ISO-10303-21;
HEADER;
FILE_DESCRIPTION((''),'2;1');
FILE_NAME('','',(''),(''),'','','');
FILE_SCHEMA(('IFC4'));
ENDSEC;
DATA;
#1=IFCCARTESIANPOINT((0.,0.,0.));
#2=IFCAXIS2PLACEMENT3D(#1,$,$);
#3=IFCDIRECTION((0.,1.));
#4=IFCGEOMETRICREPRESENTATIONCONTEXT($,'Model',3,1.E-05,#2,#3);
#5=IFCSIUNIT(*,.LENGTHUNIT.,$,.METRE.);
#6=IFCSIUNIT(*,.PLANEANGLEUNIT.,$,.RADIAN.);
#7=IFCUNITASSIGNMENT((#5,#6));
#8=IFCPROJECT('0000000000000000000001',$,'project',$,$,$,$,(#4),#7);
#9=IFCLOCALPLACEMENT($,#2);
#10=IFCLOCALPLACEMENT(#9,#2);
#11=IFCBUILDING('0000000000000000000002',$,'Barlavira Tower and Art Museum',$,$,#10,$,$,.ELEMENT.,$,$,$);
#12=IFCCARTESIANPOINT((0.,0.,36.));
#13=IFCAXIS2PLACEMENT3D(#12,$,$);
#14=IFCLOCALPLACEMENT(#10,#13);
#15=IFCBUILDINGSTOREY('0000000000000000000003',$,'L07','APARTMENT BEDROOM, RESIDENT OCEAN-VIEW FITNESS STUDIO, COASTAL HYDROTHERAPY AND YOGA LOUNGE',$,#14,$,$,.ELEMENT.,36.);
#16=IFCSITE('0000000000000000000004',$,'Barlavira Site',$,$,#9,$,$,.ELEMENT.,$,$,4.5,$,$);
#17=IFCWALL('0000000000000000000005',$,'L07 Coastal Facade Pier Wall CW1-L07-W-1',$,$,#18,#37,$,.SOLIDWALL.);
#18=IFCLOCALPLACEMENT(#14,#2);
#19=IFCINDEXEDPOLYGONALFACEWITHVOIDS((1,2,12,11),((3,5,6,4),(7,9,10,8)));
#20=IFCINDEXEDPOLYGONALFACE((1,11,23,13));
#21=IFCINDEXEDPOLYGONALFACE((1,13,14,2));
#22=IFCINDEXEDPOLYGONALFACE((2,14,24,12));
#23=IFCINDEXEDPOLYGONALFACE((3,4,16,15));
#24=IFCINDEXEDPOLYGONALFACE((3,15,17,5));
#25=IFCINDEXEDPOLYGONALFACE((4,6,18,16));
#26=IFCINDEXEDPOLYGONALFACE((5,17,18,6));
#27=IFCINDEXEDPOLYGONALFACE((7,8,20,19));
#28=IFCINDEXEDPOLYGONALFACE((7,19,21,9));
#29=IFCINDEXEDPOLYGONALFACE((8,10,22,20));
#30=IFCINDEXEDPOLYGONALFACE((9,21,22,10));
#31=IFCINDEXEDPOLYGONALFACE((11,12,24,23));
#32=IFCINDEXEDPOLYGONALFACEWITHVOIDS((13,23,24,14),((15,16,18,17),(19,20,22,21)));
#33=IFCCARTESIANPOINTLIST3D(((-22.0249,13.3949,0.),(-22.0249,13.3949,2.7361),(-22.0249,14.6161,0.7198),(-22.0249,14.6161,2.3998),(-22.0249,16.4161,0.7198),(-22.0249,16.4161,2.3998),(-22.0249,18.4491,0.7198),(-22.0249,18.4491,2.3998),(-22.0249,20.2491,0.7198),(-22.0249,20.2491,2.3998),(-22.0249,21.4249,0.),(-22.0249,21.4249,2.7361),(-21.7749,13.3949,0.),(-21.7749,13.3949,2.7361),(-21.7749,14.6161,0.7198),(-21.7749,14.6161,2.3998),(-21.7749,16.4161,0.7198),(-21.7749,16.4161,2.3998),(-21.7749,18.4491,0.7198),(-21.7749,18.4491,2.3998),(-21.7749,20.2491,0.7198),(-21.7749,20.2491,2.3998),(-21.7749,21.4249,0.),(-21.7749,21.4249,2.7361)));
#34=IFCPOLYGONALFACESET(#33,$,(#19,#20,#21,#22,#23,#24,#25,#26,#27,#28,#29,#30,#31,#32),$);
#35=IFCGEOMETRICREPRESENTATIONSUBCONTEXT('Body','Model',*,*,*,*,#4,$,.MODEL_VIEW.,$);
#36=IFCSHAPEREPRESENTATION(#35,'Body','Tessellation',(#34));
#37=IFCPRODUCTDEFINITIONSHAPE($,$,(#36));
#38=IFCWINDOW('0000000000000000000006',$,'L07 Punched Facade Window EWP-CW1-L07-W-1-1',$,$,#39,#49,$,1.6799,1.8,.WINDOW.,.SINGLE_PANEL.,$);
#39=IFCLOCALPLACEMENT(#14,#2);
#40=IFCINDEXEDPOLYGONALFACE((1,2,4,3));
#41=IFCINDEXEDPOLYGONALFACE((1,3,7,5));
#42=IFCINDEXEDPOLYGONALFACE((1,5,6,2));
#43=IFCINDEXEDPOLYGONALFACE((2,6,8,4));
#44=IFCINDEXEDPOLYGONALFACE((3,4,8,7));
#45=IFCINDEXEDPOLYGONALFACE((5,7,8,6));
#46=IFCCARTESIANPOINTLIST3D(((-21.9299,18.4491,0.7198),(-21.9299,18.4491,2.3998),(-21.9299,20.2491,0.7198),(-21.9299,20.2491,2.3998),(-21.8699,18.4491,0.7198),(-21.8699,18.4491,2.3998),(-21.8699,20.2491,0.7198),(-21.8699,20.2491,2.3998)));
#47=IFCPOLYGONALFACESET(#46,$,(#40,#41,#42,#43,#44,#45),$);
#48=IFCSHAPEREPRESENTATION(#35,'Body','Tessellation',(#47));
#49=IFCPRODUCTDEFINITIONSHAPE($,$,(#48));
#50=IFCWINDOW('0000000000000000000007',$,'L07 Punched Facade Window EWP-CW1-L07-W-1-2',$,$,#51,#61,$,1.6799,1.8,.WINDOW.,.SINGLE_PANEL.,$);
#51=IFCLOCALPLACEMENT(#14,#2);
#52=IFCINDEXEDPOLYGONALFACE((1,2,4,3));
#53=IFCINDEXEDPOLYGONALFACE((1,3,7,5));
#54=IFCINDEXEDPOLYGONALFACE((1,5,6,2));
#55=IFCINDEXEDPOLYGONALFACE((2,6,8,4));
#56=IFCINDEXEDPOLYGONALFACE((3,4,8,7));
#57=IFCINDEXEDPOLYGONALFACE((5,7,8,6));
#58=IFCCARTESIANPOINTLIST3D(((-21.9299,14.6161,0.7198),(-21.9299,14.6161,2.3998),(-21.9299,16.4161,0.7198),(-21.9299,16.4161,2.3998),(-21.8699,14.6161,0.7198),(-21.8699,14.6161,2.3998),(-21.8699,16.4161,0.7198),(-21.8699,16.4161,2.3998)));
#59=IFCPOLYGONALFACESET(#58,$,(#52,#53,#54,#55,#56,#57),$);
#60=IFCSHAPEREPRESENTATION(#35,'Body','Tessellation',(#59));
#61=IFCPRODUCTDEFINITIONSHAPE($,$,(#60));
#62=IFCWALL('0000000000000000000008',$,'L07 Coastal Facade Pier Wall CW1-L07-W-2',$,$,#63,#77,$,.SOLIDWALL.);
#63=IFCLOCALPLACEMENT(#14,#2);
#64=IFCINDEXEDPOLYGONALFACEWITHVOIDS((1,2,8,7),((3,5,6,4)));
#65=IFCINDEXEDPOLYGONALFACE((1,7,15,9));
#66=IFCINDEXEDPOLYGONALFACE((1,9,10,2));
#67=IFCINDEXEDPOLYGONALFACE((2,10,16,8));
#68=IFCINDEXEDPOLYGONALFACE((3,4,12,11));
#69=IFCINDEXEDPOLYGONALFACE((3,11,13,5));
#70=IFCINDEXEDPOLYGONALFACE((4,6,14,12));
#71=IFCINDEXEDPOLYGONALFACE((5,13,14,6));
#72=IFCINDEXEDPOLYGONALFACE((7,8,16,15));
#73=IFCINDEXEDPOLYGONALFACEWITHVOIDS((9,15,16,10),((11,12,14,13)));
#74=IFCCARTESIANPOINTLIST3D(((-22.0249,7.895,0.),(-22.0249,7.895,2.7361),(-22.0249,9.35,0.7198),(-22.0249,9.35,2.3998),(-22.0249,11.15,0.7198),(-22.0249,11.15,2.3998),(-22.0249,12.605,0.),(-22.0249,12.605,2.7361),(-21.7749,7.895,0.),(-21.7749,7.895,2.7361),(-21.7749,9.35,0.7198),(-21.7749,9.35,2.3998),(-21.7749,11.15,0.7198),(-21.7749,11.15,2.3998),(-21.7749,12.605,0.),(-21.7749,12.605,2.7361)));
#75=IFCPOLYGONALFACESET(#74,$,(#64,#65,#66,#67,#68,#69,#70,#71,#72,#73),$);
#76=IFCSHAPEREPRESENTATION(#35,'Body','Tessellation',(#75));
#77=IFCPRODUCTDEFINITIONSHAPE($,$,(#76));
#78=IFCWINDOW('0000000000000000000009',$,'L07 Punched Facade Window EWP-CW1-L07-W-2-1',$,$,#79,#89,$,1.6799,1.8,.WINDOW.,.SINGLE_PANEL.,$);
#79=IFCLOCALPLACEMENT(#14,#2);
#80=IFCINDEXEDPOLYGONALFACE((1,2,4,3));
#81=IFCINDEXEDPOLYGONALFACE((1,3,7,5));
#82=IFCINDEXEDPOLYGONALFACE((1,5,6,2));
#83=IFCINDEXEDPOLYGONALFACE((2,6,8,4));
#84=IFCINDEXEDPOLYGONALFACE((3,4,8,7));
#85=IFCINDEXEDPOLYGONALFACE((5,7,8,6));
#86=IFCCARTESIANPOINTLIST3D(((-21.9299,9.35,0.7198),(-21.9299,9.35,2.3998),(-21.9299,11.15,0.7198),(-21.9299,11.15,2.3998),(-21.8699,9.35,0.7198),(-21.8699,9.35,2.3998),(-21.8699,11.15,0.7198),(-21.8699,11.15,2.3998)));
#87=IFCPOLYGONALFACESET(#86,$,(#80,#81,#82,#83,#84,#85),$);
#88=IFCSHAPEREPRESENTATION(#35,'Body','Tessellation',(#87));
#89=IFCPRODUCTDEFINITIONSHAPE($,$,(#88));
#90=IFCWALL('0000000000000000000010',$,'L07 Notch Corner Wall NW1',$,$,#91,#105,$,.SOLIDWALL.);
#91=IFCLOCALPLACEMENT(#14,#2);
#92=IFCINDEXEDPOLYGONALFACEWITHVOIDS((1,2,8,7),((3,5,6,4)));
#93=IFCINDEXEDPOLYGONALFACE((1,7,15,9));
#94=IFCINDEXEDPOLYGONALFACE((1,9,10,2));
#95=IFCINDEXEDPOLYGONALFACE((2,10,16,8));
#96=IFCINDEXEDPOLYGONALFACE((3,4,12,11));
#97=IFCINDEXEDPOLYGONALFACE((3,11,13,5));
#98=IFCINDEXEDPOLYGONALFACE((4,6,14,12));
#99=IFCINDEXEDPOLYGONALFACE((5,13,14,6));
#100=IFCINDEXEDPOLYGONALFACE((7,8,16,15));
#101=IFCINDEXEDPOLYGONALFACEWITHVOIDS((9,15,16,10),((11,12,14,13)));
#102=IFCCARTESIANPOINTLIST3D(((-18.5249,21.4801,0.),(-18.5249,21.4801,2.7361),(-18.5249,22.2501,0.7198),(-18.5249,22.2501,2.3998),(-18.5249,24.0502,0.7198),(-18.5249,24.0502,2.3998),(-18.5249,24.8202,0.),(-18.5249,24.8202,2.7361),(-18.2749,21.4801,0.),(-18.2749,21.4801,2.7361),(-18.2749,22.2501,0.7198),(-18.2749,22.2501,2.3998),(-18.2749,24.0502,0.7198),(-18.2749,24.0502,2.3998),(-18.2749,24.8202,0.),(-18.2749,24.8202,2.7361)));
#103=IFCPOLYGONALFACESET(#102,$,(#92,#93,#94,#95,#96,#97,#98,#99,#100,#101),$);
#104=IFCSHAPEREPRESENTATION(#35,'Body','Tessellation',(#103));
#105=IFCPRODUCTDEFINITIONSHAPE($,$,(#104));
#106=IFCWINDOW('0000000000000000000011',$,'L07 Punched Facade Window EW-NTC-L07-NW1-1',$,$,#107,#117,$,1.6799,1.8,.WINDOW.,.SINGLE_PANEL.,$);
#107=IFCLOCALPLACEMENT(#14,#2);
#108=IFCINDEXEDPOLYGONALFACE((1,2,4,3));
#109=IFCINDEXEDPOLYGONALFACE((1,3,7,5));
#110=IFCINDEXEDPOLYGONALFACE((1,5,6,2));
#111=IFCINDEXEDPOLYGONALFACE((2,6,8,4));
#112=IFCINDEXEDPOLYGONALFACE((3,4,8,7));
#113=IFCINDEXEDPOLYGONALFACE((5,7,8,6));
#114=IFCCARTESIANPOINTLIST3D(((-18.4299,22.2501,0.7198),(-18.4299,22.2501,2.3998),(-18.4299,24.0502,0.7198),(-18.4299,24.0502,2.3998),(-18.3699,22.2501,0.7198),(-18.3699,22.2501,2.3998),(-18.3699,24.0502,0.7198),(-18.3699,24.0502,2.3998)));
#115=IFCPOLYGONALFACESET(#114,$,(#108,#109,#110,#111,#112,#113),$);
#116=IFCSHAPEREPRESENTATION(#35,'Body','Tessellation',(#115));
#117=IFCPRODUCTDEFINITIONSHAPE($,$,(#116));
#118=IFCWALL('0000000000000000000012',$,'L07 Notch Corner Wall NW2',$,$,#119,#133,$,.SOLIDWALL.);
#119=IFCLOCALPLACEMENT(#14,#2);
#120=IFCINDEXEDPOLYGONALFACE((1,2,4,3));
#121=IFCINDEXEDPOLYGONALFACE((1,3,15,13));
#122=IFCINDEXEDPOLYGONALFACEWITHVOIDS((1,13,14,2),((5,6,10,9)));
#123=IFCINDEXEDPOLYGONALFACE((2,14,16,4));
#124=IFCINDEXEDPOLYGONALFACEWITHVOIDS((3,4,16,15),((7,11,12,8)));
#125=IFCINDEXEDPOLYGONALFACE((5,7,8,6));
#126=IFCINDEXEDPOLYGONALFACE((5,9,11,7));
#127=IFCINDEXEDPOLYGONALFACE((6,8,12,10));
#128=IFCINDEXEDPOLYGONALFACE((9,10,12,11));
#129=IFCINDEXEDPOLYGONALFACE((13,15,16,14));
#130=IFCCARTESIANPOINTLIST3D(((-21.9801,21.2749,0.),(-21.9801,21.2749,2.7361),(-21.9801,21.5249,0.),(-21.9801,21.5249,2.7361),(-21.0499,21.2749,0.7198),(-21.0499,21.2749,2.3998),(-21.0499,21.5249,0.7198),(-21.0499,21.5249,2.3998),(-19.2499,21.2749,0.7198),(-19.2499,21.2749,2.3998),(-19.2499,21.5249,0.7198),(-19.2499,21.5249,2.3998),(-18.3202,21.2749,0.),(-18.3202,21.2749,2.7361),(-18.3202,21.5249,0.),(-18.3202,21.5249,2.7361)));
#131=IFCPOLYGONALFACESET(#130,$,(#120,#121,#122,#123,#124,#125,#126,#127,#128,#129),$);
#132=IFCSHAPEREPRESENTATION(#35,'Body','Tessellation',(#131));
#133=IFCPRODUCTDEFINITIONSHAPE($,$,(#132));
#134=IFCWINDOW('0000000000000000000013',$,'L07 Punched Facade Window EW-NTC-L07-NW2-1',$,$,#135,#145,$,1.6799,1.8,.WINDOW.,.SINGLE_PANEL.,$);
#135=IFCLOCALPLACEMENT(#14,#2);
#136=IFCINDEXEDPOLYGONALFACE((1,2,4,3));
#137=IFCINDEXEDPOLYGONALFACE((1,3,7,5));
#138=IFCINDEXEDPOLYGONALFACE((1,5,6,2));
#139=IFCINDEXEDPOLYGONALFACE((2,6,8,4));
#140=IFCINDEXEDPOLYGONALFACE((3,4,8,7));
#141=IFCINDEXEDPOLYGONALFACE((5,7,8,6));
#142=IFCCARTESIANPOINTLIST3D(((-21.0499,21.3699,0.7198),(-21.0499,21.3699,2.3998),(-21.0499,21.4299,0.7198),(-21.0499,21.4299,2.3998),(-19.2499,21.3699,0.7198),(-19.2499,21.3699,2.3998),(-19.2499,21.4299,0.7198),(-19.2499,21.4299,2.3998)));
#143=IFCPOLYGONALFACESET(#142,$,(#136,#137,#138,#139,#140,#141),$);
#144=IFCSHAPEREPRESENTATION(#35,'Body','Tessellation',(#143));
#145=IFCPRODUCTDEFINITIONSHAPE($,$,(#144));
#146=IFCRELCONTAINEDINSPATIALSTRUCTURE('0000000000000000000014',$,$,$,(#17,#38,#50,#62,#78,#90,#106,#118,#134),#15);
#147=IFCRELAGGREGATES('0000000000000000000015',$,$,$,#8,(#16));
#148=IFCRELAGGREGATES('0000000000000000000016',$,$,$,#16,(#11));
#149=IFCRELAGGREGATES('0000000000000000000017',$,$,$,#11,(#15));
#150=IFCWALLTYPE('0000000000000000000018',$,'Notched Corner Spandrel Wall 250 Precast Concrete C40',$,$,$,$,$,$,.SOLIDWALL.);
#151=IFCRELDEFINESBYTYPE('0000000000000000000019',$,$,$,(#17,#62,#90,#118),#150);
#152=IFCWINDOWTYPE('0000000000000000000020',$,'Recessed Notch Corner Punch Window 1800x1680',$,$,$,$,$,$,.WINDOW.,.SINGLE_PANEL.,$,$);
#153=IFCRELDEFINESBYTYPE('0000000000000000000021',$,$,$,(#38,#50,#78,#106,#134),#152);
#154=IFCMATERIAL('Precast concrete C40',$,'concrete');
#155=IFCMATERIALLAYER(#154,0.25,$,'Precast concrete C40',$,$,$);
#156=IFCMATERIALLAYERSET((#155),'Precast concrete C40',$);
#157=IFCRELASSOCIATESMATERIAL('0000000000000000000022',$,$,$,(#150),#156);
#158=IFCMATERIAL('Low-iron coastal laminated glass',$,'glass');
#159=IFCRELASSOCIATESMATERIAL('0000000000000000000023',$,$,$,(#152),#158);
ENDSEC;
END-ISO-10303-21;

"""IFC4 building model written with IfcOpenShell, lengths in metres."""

from ifc_helpers import new_model, si_unit, direction, frame, frame_2d, origin, place, context, subcontext, project, spatial, rectangle, extrude, material, layer, layer_set, type_object, element, fill, save


model = new_model("IFC4")

# Units and contexts
model_context = context("Model", 3, precision=1e-05, world=origin(), true_north=direction((0.0, 1.0)))
body_context = subcontext(model_context, "Body", "Model", "MODEL_VIEW")
ifc_project = project(units=[si_unit("LENGTHUNIT", "METRE"), si_unit("PLANEANGLEUNIT", "RADIAN")], contexts=[model_context])

# Site, building, storey
site_placement = place(None, origin())
site = spatial("IfcSite", under=ifc_project, at=site_placement, Name="Barlavira Site", CompositionType="ELEMENT", RefElevation=4.5)
building_placement = place(site_placement, origin())
building = spatial("IfcBuilding", under=site, at=building_placement, Name="Barlavira Tower and Art Museum", CompositionType="ELEMENT")
storey_placement = place(building_placement, frame((0.0, 0.0, 36.0)))
storey = spatial("IfcBuildingStorey", under=building, at=storey_placement, Name="L07", Description="APARTMENT BEDROOM, RESIDENT OCEAN-VIEW FITNESS STUDIO, COASTAL HYDROTHERAPY AND YOGA LOUNGE", CompositionType="ELEMENT", Elevation=36.0)

# Wall, openings, windows
ifc_material_1 = material(Name="Precast concrete C40", Category="concrete")
ifc_layer_1 = layer(ifc_material_1, 0.25, Name="Precast concrete C40")
ifc_layer_set_1 = layer_set([ifc_layer_1], Name="Precast concrete C40")
wall_type_1 = type_object("IfcWallType", Name="Notched Corner Spandrel Wall 250 Precast Concrete C40", PredefinedType="SOLIDWALL", material=ifc_layer_set_1)
ifc_material_2 = material(Name="Low-iron coastal laminated glass", Category="glass")
window_type = type_object("IfcWindowType", Name="Recessed Notch Corner Punch Window 1800x1680", PartitioningType="SINGLE_PANEL", PredefinedType="WINDOW", material=ifc_material_2)
wall_1_placement = place(storey_placement, frame((-21.8999, 21.425, 0.0), z_axis=(0.0, 0.0, 1.0), x_axis=(0.0, -1.0, 0.0)))
wall_1 = element("IfcWall", 1, at=wall_1_placement, inside=storey, type_object=wall_type_1, Name="L07 Coastal Facade Pier Wall CW1-L07-W-1", PredefinedType="SOLIDWALL", context=body_context, shape_type="SweptSolid", body=[
    extrude(rectangle(XDim=8.03, YDim=0.25, at=frame_2d((4.0151, 0.0))), origin(), (0.0, 0.0, 1.0), 2.7361),
])
opening_1_placement = place(wall_1_placement, frame((1.176, 0.0, 0.72)))
opening_1 = element("IfcOpeningElement", 2, at=opening_1_placement, cuts=wall_1, PredefinedType="OPENING", context=body_context, shape_type="SweptSolid", body=[
    extrude(rectangle(XDim=1.8, YDim=1.6799, at=frame_2d((0.8999, 0.8398))), frame((0.0, 0.135, 0.0), z_axis=(0.0, -1.0, 0.0), x_axis=(1.0, 0.0, 0.0)), (0.0, 0.0, 1.0), 0.27),
])
opening_2_placement = place(wall_1_placement, frame((5.009, 0.0, 0.72)))
opening_2 = element("IfcOpeningElement", 3, at=opening_2_placement, cuts=wall_1, PredefinedType="OPENING", context=body_context, shape_type="SweptSolid", body=[
    extrude(rectangle(XDim=1.8, YDim=1.6799, at=frame_2d((0.8999, 0.8398))), frame((0.0, 0.135, 0.0), z_axis=(0.0, -1.0, 0.0), x_axis=(1.0, 0.0, 0.0)), (0.0, 0.0, 1.0), 0.27),
])
window_1_placement = place(opening_1_placement, origin())
window_1 = element("IfcWindow", 4, at=window_1_placement, inside=storey, type_object=window_type, Name="L07 Punched Facade Window EWP-CW1-L07-W-1-1", OverallHeight=1.6799, OverallWidth=1.8, PartitioningType="SINGLE_PANEL", PredefinedType="WINDOW", context=body_context, shape_type="SweptSolid", body=[
    extrude(rectangle(XDim=1.8, YDim=1.6799, at=frame_2d((0.8999, 0.8398))), frame((0.0, 0.03, 0.0), z_axis=(0.0, -1.0, 0.0), x_axis=(1.0, 0.0, 0.0)), (0.0, 0.0, 1.0), 0.0601),
])
fill(opening_1, window_1)
window_2_placement = place(opening_2_placement, origin())
window_2 = element("IfcWindow", 5, at=window_2_placement, inside=storey, type_object=window_type, Name="L07 Punched Facade Window EWP-CW1-L07-W-1-2", OverallHeight=1.6799, OverallWidth=1.8, PartitioningType="SINGLE_PANEL", PredefinedType="WINDOW", context=body_context, shape_type="SweptSolid", body=[
    extrude(rectangle(XDim=1.8, YDim=1.6799, at=frame_2d((0.8999, 0.8398))), frame((0.0, 0.03, 0.0), z_axis=(0.0, -1.0, 0.0), x_axis=(1.0, 0.0, 0.0)), (0.0, 0.0, 1.0), 0.0601),
])
fill(opening_2, window_2)

# Walls, openings, windows
wall_2_placement = place(storey_placement, frame((-21.8999, 12.605, 0.0), z_axis=(0.0, 0.0, 1.0), x_axis=(0.0, -1.0, 0.0)))
wall_2 = element("IfcWall", 6, at=wall_2_placement, inside=storey, type_object=wall_type_1, Name="L07 Coastal Facade Pier Wall CW1-L07-W-2", PredefinedType="SOLIDWALL", context=body_context, shape_type="SweptSolid", body=[
    extrude(rectangle(XDim=4.71, YDim=0.25, at=frame_2d((2.355, 0.0))), origin(), (0.0, 0.0, 1.0), 2.7361),
])
opening_3_placement = place(wall_2_placement, frame((1.4551, 0.0, 0.72)))
opening_3 = element("IfcOpeningElement", 7, at=opening_3_placement, cuts=wall_2, PredefinedType="OPENING", context=body_context, shape_type="SweptSolid", body=[
    extrude(rectangle(XDim=1.8, YDim=1.6799, at=frame_2d((0.8999, 0.8398))), frame((0.0, 0.135, 0.0), z_axis=(0.0, -1.0, 0.0), x_axis=(1.0, 0.0, 0.0)), (0.0, 0.0, 1.0), 0.27),
])
window_3_placement = place(opening_3_placement, origin())
window_3 = element("IfcWindow", 8, at=window_3_placement, inside=storey, type_object=window_type, Name="L07 Punched Facade Window EWP-CW1-L07-W-2-1", OverallHeight=1.6799, OverallWidth=1.8, PartitioningType="SINGLE_PANEL", PredefinedType="WINDOW", context=body_context, shape_type="SweptSolid", body=[
    extrude(rectangle(XDim=1.8, YDim=1.6799, at=frame_2d((0.8999, 0.8398))), frame((0.0, 0.03, 0.0), z_axis=(0.0, -1.0, 0.0), x_axis=(1.0, 0.0, 0.0)), (0.0, 0.0, 1.0), 0.0601),
])
fill(opening_3, window_3)
wall_3_placement = place(storey_placement, frame((-18.3999, 24.8201, 0.0), z_axis=(0.0, 0.0, 1.0), x_axis=(0.0, -1.0, 0.0)))
wall_3 = element("IfcWall", 9, at=wall_3_placement, inside=storey, type_object=wall_type_1, Name="L07 Notch Corner Wall NW1", PredefinedType="SOLIDWALL", context=body_context, shape_type="SweptSolid", body=[
    extrude(rectangle(XDim=3.3401, YDim=0.25, at=frame_2d((1.6699, 0.0))), origin(), (0.0, 0.0, 1.0), 2.7361),
])
opening_4_placement = place(wall_3_placement, frame((0.77, 0.0, 0.72)))
opening_4 = element("IfcOpeningElement", 10, at=opening_4_placement, cuts=wall_3, PredefinedType="OPENING", context=body_context, shape_type="SweptSolid", body=[
    extrude(rectangle(XDim=1.8, YDim=1.6799, at=frame_2d((0.8999, 0.8398))), frame((0.0, 0.135, 0.0), z_axis=(0.0, -1.0, 0.0), x_axis=(1.0, 0.0, 0.0)), (0.0, 0.0, 1.0), 0.27),
])
window_4_placement = place(opening_4_placement, origin())
window_4 = element("IfcWindow", 11, at=window_4_placement, inside=storey, type_object=window_type, Name="L07 Punched Facade Window EW-NTC-L07-NW1-1", OverallHeight=1.6799, OverallWidth=1.8, PartitioningType="SINGLE_PANEL", PredefinedType="WINDOW", context=body_context, shape_type="SweptSolid", body=[
    extrude(rectangle(XDim=1.8, YDim=1.6799, at=frame_2d((0.8999, 0.8398))), frame((0.0, 0.03, 0.0), z_axis=(0.0, -1.0, 0.0), x_axis=(1.0, 0.0, 0.0)), (0.0, 0.0, 1.0), 0.0601),
])
fill(opening_4, window_4)
wall_4_placement = place(storey_placement, frame((-18.3201, 21.3999, 0.0), z_axis=(0.0, 0.0, 1.0), x_axis=(-1.0, 0.0, 0.0)))
wall_4 = element("IfcWall", 12, at=wall_4_placement, inside=storey, type_object=wall_type_1, Name="L07 Notch Corner Wall NW2", PredefinedType="SOLIDWALL", context=body_context, shape_type="SweptSolid", body=[
    extrude(rectangle(XDim=3.6599, YDim=0.25, at=frame_2d((1.8301, 0.0))), origin(), (0.0, 0.0, 1.0), 2.7361),
])
opening_5_placement = place(wall_4_placement, frame((0.9299, 0.0, 0.72)))
opening_5 = element("IfcOpeningElement", 13, at=opening_5_placement, cuts=wall_4, PredefinedType="OPENING", context=body_context, shape_type="SweptSolid", body=[
    extrude(rectangle(XDim=1.8, YDim=1.6799, at=frame_2d((0.8999, 0.8398))), frame((0.0, 0.135, 0.0), z_axis=(0.0, -1.0, 0.0), x_axis=(1.0, 0.0, 0.0)), (0.0, 0.0, 1.0), 0.27),
])
window_5_placement = place(opening_5_placement, origin())
window_5 = element("IfcWindow", 14, at=window_5_placement, inside=storey, type_object=window_type, Name="L07 Punched Facade Window EW-NTC-L07-NW2-1", OverallHeight=1.6799, OverallWidth=1.8, PartitioningType="SINGLE_PANEL", PredefinedType="WINDOW", context=body_context, shape_type="SweptSolid", body=[
    extrude(rectangle(XDim=1.8, YDim=1.6799, at=frame_2d((0.8999, 0.8398))), frame((0.0, 0.03, 0.0), z_axis=(0.0, -1.0, 0.0), x_axis=(1.0, 0.0, 0.0)), (0.0, 0.0, 1.0), 0.0601),
])
fill(opening_5, window_5)

save(model, "model.ifc")
